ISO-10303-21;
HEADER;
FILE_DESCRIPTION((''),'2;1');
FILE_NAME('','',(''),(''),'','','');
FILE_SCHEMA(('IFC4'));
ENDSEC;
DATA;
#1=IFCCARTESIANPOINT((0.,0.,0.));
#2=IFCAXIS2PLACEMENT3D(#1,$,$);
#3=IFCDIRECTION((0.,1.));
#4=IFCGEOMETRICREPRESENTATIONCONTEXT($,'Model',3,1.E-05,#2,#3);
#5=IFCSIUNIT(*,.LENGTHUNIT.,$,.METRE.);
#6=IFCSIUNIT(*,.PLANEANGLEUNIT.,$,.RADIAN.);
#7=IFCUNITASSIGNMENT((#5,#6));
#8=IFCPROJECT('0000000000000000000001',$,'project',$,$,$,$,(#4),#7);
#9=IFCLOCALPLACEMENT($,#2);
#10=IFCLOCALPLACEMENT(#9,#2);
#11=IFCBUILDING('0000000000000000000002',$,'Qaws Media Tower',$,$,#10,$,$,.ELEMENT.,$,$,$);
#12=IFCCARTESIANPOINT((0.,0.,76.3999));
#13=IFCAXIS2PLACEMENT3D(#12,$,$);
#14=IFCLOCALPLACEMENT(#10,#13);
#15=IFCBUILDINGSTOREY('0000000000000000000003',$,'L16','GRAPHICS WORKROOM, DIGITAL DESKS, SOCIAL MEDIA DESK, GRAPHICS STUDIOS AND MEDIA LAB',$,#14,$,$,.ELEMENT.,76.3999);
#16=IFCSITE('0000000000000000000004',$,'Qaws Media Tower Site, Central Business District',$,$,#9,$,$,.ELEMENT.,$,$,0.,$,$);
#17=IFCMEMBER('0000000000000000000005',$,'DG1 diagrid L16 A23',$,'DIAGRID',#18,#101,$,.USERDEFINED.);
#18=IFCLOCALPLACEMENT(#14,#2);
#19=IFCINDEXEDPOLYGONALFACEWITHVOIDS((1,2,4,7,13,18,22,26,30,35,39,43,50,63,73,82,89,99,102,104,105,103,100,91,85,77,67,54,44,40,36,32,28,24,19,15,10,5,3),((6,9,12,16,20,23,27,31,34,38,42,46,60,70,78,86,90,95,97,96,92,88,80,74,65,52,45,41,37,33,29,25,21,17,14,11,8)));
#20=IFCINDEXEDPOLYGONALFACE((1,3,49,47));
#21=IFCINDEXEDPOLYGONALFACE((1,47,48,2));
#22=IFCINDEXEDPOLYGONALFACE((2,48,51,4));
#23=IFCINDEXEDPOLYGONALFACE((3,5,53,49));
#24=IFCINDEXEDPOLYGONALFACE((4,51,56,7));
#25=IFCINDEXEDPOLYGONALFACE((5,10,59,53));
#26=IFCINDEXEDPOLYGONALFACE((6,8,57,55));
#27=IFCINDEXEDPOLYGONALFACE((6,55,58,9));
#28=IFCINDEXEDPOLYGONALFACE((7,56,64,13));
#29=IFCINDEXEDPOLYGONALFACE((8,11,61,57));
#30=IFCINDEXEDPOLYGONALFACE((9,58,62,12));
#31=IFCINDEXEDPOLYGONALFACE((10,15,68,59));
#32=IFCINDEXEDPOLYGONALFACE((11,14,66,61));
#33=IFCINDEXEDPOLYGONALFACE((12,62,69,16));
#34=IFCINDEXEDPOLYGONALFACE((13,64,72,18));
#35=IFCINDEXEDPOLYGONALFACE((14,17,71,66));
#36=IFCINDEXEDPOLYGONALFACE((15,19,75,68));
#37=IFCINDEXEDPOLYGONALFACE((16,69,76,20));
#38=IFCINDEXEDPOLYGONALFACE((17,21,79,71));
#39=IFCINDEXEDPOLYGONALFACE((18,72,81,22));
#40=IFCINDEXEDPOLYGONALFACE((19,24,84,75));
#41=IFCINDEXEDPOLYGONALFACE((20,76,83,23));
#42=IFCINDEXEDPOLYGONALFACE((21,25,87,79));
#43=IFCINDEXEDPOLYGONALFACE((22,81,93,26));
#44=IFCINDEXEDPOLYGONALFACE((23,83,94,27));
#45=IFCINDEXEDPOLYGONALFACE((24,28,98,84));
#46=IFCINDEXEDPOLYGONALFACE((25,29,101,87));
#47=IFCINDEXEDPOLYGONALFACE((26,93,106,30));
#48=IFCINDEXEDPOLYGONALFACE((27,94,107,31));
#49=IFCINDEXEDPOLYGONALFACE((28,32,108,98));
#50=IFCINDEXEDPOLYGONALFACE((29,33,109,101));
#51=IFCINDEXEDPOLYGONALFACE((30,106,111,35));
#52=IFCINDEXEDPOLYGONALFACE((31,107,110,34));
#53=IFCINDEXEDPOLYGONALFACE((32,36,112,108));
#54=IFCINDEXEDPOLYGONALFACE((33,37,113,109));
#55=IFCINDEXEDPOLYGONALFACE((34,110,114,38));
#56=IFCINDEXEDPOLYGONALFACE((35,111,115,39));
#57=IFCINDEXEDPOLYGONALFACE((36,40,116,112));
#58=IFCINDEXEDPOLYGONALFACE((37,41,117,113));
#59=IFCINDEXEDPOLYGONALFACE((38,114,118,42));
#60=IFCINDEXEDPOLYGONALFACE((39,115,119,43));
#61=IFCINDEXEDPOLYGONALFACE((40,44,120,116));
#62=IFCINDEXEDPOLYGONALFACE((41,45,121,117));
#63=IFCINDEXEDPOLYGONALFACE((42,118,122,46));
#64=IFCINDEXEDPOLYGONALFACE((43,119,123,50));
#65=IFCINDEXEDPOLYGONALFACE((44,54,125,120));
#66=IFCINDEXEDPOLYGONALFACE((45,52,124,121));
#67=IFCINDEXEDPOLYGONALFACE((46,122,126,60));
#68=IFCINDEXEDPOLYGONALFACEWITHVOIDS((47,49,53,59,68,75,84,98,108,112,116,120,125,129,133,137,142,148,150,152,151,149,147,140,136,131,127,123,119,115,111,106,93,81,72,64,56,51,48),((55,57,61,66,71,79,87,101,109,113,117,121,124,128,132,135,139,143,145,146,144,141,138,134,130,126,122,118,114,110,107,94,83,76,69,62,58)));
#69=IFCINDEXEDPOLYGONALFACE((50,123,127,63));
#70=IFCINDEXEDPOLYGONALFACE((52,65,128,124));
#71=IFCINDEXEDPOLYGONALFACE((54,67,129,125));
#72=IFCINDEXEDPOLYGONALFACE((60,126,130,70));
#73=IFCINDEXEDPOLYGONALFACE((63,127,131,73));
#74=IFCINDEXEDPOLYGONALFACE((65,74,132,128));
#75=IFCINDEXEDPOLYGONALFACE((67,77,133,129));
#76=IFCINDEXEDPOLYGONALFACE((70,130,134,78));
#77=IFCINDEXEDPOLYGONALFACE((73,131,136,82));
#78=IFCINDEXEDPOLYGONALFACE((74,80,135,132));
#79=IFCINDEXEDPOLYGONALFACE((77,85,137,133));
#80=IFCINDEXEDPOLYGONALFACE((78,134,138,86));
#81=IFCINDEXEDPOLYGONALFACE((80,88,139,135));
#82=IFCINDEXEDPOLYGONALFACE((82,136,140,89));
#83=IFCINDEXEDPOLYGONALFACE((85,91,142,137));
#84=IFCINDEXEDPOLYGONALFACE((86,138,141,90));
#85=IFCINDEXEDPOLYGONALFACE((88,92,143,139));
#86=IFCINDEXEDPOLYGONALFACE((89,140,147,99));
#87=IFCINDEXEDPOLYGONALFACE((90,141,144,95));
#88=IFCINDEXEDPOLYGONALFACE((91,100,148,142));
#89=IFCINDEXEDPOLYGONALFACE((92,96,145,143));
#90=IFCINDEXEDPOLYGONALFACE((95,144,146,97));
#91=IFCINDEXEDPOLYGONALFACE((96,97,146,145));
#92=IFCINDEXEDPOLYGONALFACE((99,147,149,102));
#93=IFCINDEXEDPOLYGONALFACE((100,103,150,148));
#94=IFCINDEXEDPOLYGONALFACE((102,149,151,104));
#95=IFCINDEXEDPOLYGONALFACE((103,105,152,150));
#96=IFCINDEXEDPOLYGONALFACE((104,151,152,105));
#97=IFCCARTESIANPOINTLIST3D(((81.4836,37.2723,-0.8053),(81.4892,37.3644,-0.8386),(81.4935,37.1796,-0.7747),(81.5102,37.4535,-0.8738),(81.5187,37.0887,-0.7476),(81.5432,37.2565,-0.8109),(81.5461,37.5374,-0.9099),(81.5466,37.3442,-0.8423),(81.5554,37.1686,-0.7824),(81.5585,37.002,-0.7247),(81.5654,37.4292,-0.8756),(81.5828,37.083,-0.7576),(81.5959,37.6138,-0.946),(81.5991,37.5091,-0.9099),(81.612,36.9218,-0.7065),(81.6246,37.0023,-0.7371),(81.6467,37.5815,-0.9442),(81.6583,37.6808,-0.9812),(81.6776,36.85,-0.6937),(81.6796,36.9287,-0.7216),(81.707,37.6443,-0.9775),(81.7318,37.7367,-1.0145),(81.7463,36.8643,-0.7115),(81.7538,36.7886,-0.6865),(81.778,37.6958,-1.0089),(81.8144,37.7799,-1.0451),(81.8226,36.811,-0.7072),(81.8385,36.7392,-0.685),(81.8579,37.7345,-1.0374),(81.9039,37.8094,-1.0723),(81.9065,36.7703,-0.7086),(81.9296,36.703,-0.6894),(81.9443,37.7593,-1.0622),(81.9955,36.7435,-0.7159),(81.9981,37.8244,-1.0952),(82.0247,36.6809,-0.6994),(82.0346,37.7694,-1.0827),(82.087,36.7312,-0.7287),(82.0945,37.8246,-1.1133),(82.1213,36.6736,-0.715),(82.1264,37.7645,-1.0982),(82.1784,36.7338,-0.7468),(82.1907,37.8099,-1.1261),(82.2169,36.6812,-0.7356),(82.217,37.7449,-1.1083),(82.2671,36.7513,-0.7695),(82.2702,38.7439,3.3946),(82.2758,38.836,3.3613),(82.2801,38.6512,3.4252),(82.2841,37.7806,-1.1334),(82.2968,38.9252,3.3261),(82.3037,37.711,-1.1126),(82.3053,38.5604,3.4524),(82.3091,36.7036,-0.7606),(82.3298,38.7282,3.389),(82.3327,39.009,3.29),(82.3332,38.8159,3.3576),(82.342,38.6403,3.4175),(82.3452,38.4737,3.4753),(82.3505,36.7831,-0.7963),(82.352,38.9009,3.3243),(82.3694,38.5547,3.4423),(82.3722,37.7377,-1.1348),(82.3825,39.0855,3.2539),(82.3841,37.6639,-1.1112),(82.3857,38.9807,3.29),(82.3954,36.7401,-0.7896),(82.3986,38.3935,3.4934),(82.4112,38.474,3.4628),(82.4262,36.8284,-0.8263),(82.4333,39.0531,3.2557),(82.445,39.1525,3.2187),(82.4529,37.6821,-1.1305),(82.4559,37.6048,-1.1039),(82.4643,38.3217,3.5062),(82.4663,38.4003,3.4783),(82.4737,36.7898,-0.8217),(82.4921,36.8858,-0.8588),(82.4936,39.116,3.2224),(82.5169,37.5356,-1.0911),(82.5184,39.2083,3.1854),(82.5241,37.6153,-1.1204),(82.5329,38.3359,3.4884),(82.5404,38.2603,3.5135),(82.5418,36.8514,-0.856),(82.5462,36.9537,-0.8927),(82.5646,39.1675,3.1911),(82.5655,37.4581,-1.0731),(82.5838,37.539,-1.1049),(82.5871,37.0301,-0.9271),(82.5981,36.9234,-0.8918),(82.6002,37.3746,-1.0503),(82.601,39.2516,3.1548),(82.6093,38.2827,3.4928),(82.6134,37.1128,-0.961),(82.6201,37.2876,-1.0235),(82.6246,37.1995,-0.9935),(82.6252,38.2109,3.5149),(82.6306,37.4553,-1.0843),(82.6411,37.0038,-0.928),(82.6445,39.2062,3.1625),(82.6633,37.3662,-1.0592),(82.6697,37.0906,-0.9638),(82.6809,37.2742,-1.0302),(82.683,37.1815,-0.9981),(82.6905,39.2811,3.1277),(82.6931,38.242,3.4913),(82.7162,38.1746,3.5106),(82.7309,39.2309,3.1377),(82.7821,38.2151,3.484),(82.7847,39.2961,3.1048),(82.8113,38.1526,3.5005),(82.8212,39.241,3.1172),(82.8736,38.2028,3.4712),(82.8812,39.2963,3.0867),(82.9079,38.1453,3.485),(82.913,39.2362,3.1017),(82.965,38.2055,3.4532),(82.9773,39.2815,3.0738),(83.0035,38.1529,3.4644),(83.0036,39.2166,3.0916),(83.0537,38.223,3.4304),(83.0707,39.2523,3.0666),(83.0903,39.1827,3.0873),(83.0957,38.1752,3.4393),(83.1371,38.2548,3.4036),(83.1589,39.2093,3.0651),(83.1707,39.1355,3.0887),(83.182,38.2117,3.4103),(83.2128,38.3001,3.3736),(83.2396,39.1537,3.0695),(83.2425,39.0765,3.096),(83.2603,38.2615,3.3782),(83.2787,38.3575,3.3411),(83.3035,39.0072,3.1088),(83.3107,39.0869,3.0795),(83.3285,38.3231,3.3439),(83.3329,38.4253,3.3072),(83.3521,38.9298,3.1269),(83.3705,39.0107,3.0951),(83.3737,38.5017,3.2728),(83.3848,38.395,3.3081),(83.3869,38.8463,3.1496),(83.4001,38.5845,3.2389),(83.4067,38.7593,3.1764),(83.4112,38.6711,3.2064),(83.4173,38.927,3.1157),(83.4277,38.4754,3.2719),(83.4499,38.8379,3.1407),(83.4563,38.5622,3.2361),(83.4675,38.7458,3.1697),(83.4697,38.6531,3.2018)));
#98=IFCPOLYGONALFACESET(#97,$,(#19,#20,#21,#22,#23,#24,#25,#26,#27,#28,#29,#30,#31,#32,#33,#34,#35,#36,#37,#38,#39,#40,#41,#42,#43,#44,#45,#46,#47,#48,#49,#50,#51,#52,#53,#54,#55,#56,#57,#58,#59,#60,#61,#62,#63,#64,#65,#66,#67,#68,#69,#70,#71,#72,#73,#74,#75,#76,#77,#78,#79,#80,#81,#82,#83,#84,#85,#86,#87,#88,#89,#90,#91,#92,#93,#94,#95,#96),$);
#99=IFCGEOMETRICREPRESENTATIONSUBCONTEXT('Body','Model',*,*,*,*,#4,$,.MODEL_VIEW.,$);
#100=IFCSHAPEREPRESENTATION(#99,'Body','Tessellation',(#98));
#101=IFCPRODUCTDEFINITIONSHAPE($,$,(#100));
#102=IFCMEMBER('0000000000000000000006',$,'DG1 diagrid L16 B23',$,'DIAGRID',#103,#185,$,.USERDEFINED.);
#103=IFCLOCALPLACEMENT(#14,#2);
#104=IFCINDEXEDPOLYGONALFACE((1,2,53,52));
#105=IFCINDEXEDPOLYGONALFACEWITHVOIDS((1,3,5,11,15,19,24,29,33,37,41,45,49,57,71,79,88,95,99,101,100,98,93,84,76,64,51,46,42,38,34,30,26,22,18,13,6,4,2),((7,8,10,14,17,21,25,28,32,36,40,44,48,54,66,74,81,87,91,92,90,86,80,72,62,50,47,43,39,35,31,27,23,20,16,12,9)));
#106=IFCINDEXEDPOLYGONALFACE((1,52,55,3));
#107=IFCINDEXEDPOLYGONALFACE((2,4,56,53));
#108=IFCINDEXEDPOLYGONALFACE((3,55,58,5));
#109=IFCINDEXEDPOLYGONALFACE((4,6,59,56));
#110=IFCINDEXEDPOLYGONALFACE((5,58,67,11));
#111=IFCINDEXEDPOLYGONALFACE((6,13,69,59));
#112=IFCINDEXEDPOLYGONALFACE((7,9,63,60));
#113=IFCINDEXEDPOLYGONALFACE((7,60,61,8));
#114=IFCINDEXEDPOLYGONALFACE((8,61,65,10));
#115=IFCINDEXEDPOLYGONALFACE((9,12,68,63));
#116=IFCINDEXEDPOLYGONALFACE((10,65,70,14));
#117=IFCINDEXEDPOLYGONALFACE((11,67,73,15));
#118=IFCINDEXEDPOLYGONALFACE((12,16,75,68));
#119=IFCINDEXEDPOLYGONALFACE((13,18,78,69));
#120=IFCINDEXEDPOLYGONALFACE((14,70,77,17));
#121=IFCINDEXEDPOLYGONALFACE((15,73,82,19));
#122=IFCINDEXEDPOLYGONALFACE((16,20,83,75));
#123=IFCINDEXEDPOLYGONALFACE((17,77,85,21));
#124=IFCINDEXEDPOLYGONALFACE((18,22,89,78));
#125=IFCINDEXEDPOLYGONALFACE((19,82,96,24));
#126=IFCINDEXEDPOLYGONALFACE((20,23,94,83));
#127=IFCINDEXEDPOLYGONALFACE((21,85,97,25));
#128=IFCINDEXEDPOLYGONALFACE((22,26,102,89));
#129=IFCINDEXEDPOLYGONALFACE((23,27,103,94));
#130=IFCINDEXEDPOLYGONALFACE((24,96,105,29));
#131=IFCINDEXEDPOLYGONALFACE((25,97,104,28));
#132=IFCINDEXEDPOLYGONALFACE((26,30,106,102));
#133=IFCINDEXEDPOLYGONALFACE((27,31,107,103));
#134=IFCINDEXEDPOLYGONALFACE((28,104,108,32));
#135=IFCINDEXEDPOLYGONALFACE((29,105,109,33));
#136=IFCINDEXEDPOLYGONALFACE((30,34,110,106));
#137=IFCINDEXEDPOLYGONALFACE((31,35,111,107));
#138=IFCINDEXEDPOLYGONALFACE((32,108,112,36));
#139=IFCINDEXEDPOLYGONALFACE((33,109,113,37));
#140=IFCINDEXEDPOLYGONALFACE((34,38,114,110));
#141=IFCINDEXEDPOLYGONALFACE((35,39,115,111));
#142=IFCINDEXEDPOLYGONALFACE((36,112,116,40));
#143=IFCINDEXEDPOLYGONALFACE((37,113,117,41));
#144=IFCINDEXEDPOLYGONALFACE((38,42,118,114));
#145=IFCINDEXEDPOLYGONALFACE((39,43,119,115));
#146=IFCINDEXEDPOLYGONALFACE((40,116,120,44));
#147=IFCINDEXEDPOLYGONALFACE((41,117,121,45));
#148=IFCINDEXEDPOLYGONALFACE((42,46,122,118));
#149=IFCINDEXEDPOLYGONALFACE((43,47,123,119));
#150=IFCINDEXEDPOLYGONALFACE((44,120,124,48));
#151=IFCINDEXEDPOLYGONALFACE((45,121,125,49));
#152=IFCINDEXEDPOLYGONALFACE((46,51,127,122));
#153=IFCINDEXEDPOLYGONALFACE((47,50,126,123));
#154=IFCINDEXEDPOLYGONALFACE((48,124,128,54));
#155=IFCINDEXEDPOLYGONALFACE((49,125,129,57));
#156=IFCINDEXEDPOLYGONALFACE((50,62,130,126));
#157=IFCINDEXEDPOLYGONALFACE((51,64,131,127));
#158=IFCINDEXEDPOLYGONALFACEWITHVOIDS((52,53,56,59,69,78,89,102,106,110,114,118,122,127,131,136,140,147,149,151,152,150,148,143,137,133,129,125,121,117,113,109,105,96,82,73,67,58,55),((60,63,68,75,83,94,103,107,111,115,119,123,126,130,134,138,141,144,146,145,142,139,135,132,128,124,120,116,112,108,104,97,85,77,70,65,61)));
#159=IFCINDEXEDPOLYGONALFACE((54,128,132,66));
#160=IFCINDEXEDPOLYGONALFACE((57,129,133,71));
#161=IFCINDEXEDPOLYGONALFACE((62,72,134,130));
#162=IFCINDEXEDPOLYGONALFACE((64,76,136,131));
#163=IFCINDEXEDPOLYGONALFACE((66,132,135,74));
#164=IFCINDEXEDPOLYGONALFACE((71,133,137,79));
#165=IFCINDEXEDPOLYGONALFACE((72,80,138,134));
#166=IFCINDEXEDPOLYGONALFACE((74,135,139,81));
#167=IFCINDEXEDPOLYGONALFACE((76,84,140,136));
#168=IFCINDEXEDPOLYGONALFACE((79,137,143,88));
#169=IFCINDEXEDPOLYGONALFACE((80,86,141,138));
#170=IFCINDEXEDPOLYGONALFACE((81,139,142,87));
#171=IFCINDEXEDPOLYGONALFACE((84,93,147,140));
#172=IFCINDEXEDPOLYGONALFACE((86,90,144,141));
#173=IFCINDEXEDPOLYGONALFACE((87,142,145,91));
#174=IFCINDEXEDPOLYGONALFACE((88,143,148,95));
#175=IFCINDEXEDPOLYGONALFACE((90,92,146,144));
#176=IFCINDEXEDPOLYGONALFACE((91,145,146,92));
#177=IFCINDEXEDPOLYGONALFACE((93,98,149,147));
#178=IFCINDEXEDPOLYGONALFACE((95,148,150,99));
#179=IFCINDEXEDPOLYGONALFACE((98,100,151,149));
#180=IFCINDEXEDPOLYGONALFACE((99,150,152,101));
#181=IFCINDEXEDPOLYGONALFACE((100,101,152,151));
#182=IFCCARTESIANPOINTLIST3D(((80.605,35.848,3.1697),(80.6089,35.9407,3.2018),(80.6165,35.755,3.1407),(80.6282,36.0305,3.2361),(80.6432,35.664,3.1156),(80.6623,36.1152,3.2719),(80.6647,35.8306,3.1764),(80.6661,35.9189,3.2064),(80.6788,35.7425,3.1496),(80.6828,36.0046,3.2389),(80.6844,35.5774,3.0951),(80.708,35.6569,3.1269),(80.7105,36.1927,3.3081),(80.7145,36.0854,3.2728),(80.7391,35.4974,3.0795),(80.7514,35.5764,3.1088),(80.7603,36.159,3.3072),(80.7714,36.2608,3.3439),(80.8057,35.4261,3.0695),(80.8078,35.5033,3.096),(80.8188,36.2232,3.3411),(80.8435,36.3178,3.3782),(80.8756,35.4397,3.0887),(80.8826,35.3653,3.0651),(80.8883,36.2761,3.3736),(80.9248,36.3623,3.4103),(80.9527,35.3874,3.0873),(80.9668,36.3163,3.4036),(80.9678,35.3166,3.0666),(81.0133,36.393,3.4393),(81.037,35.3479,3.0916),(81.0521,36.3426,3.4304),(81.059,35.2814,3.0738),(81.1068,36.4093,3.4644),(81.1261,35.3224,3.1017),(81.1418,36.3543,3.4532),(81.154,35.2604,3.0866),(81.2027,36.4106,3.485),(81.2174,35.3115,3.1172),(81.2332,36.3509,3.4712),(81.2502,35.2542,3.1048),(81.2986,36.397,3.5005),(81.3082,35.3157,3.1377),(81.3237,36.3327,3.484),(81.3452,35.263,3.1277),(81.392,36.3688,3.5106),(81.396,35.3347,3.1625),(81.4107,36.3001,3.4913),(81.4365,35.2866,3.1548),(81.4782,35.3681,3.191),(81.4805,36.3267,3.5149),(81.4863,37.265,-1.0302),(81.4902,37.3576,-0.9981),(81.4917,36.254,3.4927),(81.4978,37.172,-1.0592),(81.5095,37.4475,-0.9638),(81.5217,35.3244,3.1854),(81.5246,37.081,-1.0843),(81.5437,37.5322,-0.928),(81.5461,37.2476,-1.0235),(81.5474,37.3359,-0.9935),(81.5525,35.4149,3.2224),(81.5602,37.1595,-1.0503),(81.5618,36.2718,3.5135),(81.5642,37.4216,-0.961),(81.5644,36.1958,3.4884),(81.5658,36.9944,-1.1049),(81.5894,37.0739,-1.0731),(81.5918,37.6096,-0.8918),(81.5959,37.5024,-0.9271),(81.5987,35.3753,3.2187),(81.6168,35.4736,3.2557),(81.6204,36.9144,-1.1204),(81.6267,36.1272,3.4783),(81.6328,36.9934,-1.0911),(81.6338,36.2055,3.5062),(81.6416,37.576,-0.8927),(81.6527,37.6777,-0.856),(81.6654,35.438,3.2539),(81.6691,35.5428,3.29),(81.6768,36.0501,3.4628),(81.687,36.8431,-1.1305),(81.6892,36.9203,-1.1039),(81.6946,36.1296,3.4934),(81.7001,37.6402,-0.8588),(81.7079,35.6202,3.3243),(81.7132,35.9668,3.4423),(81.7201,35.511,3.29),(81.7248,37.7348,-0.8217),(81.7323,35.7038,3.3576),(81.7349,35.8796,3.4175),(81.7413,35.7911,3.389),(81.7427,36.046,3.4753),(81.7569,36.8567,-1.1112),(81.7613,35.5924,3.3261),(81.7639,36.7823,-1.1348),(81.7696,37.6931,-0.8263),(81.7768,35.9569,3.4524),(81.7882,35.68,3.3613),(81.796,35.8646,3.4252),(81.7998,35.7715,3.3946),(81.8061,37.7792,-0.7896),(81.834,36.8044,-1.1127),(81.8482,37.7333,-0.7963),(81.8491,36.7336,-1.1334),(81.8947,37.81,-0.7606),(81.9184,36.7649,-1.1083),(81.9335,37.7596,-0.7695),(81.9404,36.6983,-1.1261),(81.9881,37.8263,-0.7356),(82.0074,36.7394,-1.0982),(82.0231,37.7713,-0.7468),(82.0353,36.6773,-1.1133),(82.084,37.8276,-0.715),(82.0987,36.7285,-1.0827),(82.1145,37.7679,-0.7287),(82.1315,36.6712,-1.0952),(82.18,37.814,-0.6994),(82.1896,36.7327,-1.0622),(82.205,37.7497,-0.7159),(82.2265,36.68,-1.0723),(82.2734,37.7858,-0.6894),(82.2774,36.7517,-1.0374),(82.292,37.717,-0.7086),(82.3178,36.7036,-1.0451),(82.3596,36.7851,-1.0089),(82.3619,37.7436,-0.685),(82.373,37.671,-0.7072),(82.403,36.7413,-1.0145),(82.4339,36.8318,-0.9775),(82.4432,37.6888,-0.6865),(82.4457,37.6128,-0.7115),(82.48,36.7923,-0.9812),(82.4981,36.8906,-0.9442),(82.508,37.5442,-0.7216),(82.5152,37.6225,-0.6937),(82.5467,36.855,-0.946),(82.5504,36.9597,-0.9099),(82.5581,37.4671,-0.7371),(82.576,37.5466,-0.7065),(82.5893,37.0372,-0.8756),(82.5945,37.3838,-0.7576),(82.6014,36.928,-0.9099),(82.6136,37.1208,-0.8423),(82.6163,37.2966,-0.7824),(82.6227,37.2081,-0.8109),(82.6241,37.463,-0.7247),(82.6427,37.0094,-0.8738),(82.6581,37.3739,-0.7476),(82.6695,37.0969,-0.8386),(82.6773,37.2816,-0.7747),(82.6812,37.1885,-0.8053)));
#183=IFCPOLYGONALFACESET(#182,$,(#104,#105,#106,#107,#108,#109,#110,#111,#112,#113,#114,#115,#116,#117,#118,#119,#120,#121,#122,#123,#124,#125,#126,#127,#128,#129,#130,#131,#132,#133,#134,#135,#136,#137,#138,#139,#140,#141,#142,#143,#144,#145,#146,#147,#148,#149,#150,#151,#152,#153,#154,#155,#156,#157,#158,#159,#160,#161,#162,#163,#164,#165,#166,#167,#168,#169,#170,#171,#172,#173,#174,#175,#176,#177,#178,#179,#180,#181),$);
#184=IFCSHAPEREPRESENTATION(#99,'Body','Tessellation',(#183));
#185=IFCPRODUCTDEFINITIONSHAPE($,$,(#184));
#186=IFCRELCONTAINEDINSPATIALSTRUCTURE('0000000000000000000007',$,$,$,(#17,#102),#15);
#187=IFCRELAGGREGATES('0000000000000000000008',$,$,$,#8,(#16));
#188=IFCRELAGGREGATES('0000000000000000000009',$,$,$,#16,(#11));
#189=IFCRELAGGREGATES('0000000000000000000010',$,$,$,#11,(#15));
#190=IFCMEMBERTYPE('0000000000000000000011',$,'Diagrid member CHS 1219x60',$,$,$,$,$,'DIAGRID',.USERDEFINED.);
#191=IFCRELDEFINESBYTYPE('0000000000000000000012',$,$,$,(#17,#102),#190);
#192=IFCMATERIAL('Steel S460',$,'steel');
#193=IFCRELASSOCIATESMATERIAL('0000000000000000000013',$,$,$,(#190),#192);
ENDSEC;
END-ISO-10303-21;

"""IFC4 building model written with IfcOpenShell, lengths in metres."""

from ifc_helpers import new_model, si_unit, direction, frame, origin, origin_2d, place, context, subcontext, project, spatial, hollow_circle, extrude, material, material_profile, profile_set, type_object, element, save


model = new_model("IFC4")

# Units and contexts
model_context = context("Model", 3, precision=1e-05, world=origin(), true_north=direction((0.0, 1.0)))
body_context = subcontext(model_context, "Body", "Model", "MODEL_VIEW")
ifc_project = project(units=[si_unit("LENGTHUNIT", "METRE"), si_unit("PLANEANGLEUNIT", "RADIAN")], contexts=[model_context])

# Site, building, storey
site_placement = place(None, origin())
site = spatial("IfcSite", under=ifc_project, at=site_placement, Name="Qaws Media Tower Site, Central Business District", CompositionType="ELEMENT", RefElevation=0.0)
building_placement = place(site_placement, origin())
building = spatial("IfcBuilding", under=site, at=building_placement, Name="Qaws Media Tower", CompositionType="ELEMENT")
storey_placement = place(building_placement, frame((0.0, 0.0, 76.3999)))
storey = spatial("IfcBuildingStorey", under=building, at=storey_placement, Name="L16", Description="GRAPHICS WORKROOM, DIGITAL DESKS, SOCIAL MEDIA DESK, GRAPHICS STUDIOS AND MEDIA LAB", CompositionType="ELEMENT", Elevation=76.3999)

# Members
ifc_material_1 = material(Name="Steel S460", Category="steel")
ifc_material_profile_1 = material_profile(ifc_material_1, hollow_circle(Radius=0.6096, WallThickness=0.0601, at=origin_2d()), Name="CHS 1219x60")
ifc_profile_set_1 = profile_set([ifc_material_profile_1], Name="Steel S460")
member_type_1 = type_object("IfcMemberType", Name="Diagrid member CHS 1219x60", ElementType="DIAGRID", PredefinedType="USERDEFINED", material=ifc_profile_set_1)
for number, where, z_axis, x_axis, name in (
    (1, (82.0837, 37.25, -0.9099), (0.174058, 0.325642, 0.929334), (-0.881923, 0.471393, 0.0), "DG1 diagrid L16 A23"),
    (2, (82.0837, 37.25, -0.9099), (-0.195018, -0.313541, 0.929333), (0.849147, -0.528157, 0.0), "DG1 diagrid L16 B23"),
):
    element("IfcMember", number, at=place(storey_placement, frame(where, z_axis=z_axis, x_axis=x_axis)), inside=storey, type_object=member_type_1, Name=name, ObjectType="DIAGRID", PredefinedType="USERDEFINED", context=body_context, shape_type="SweptSolid", body=[
        extrude(hollow_circle(Radius=0.6096, WallThickness=0.0601, at=origin_2d()), origin(), (0.0, 0.0, 1.0), 4.5193),
    ])

save(model, "model.ifc")
